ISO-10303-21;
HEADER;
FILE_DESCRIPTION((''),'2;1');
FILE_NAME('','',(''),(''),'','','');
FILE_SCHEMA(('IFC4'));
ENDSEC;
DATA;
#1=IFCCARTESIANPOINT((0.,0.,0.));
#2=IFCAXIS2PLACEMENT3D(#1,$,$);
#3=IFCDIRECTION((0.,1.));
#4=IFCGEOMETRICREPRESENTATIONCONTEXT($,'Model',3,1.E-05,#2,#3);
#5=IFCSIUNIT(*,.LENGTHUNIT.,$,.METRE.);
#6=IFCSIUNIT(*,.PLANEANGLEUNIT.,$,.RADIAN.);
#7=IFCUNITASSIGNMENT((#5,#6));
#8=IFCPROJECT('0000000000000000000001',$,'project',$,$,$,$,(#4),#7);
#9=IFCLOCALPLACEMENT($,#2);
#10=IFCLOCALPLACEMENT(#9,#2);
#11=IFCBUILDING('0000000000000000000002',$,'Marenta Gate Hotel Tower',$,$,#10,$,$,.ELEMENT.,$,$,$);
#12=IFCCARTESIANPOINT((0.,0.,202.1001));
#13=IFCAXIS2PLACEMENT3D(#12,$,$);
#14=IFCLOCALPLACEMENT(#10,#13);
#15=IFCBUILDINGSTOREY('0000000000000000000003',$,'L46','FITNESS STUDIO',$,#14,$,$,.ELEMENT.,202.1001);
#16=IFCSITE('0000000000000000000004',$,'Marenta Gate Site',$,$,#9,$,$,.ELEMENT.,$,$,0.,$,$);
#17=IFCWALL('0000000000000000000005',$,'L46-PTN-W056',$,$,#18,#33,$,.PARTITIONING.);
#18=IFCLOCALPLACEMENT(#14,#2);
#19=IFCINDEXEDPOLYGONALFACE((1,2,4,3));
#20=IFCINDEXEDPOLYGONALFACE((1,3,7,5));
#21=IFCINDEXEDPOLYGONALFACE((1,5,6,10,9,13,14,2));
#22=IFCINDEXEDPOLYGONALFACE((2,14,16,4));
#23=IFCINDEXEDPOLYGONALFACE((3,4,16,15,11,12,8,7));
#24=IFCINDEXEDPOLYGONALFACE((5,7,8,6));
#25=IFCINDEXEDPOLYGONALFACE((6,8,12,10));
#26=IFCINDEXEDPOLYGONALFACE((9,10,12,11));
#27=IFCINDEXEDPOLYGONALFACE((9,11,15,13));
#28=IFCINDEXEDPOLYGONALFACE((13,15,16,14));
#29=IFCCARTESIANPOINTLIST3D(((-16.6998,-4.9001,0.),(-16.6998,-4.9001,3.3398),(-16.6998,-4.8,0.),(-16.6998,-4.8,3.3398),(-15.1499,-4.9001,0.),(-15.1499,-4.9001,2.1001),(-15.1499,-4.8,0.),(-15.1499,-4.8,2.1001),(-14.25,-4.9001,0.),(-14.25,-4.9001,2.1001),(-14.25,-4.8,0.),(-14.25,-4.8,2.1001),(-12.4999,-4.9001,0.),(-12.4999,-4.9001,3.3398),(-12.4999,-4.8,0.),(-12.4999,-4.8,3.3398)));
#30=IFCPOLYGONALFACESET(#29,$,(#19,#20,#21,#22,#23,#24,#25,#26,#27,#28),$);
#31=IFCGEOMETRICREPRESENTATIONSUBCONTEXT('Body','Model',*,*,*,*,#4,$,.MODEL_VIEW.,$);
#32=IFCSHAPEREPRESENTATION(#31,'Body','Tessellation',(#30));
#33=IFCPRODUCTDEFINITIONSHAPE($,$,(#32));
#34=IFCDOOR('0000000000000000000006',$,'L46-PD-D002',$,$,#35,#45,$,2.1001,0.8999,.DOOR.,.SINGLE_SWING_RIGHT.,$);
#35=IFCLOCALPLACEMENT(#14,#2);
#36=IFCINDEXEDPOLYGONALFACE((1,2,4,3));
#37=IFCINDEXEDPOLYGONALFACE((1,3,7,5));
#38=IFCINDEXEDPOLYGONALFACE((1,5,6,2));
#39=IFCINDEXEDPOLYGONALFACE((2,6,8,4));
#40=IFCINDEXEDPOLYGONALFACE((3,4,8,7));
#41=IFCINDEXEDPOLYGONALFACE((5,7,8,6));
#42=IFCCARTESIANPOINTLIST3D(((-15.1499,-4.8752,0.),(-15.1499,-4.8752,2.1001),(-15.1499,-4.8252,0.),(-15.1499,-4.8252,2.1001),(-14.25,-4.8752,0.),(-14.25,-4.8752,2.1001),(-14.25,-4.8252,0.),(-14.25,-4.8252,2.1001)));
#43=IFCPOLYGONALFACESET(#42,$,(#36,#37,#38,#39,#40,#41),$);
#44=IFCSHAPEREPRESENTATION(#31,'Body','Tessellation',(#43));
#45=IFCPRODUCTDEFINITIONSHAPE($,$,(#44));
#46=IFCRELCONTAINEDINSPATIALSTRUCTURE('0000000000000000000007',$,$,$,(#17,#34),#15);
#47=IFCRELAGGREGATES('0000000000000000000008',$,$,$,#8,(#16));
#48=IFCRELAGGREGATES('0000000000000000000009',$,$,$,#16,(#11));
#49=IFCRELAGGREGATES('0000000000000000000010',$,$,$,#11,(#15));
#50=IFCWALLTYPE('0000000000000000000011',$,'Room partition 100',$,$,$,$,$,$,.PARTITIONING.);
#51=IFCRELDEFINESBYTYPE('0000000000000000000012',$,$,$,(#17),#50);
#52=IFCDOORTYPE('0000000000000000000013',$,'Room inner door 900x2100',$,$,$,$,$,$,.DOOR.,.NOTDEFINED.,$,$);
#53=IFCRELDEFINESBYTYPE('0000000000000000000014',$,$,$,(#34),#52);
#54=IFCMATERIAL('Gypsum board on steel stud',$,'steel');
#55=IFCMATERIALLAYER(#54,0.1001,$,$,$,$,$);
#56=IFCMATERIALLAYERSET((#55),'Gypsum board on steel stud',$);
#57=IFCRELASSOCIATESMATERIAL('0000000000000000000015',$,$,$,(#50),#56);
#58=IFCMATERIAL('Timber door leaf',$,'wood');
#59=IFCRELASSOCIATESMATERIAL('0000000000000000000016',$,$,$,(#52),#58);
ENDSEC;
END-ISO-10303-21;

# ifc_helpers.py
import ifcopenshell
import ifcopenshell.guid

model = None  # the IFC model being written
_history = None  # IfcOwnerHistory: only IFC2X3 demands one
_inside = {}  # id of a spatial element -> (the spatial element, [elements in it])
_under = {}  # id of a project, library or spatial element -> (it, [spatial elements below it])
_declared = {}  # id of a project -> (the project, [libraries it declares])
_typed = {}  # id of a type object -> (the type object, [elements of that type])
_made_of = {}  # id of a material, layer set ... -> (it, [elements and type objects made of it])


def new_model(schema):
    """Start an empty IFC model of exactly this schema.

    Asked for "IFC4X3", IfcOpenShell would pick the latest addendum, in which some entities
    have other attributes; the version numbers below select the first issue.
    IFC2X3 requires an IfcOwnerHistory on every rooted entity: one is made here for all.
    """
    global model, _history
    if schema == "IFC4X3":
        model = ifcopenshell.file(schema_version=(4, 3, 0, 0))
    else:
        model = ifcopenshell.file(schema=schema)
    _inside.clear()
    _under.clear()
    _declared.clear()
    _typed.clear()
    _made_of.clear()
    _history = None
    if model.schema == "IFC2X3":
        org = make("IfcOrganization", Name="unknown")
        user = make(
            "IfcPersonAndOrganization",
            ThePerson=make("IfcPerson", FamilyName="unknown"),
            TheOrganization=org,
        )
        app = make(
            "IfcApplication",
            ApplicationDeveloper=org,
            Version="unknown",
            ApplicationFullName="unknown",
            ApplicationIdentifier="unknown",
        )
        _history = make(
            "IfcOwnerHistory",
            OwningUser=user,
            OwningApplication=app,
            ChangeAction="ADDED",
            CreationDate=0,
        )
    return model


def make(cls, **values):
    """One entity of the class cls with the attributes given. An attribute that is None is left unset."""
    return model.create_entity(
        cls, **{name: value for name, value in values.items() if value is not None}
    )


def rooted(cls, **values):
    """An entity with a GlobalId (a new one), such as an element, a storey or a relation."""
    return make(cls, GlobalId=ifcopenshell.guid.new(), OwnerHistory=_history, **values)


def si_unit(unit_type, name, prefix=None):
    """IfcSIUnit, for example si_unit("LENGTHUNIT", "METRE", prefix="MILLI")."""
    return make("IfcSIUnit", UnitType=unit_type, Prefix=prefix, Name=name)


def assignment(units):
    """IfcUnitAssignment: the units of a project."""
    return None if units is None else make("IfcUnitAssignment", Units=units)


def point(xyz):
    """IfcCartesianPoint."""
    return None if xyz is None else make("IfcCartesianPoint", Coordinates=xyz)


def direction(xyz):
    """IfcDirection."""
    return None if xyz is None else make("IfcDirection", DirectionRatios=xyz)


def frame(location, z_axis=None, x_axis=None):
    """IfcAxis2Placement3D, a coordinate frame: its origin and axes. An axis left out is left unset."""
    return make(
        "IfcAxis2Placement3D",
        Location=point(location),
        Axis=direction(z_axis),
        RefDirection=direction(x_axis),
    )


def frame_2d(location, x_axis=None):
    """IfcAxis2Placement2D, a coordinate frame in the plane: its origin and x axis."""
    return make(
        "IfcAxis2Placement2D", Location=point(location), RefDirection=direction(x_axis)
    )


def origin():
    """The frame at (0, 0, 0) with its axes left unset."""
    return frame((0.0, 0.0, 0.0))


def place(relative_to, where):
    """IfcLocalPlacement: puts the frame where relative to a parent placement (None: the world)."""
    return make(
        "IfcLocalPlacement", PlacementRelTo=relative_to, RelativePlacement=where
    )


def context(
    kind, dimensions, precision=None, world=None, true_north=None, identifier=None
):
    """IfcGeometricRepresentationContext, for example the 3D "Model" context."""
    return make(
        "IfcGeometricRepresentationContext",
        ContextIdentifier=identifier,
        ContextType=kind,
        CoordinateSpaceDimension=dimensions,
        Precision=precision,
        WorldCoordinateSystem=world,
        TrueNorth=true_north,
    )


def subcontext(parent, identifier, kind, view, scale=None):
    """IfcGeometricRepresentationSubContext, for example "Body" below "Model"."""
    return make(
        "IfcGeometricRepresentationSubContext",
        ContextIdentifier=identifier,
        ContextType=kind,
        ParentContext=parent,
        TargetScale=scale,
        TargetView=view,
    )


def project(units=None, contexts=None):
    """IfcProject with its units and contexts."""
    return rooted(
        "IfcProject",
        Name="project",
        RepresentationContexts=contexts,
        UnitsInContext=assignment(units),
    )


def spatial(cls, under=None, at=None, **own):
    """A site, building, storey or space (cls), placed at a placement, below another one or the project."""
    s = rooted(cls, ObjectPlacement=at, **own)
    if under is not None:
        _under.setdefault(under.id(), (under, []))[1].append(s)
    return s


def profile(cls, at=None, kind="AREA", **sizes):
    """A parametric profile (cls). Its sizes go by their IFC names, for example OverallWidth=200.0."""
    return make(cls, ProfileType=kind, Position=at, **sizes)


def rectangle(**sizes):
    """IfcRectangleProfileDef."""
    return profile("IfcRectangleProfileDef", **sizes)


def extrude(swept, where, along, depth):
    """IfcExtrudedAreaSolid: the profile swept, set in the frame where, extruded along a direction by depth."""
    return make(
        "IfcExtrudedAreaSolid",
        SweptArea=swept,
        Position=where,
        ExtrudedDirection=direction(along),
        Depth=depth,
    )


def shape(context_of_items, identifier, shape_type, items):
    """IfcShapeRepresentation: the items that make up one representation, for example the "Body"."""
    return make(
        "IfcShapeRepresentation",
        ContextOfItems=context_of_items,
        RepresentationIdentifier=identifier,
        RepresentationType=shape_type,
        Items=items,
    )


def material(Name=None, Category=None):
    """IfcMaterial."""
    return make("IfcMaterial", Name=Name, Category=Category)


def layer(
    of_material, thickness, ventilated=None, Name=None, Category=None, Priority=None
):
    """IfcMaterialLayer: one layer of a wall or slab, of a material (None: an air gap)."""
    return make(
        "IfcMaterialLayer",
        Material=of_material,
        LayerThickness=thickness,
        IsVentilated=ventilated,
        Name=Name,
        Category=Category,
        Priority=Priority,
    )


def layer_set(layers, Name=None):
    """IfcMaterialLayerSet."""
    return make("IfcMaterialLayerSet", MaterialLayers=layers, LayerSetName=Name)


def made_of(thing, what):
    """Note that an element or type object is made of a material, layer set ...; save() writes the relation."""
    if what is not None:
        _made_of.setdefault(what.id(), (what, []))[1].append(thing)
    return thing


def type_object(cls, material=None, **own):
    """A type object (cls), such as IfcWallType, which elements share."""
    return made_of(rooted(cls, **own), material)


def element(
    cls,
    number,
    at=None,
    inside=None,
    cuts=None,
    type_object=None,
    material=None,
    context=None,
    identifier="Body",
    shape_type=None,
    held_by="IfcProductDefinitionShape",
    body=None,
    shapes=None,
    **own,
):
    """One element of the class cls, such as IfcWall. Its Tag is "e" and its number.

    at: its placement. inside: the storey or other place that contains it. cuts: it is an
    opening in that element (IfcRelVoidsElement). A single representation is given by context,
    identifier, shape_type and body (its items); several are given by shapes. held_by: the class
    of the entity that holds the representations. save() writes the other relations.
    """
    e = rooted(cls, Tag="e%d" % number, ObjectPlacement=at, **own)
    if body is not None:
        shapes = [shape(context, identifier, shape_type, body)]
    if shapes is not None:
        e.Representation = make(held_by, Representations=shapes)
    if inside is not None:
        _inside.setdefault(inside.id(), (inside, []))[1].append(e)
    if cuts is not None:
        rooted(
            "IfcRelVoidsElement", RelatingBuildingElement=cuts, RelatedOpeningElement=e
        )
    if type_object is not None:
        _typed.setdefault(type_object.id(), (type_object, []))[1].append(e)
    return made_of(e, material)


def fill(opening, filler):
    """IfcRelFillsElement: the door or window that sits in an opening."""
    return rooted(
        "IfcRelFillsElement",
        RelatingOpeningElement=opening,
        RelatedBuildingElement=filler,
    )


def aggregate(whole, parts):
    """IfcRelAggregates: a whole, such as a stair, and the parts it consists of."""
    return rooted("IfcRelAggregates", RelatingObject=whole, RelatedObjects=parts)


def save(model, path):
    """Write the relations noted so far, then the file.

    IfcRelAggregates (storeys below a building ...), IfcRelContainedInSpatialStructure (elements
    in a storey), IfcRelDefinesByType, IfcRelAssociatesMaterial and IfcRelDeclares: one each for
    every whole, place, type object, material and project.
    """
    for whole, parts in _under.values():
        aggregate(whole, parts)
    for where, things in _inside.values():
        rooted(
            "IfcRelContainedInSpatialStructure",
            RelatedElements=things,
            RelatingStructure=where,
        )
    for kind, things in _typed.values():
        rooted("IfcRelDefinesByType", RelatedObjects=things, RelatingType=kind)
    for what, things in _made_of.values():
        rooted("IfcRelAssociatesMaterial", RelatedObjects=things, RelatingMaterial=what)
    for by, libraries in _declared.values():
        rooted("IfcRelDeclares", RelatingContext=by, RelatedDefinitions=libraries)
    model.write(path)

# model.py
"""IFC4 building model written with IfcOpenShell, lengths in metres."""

from ifc_helpers import new_model, si_unit, direction, frame, frame_2d, origin, place, context, subcontext, project, spatial, rectangle, extrude, material, layer, layer_set, type_object, element, fill, save


model = new_model("IFC4")

# Units and contexts
model_context = context("Model", 3, precision=1e-05, world=origin(), true_north=direction((0.0, 1.0)))
body_context = subcontext(model_context, "Body", "Model", "MODEL_VIEW")
ifc_project = project(units=[si_unit("LENGTHUNIT", "METRE"), si_unit("PLANEANGLEUNIT", "RADIAN")], contexts=[model_context])

# Site, building, storey
site_placement = place(None, origin())
site = spatial("IfcSite", under=ifc_project, at=site_placement, Name="Marenta Gate Site", CompositionType="ELEMENT", RefElevation=0.0)
building_placement = place(site_placement, origin())
building = spatial("IfcBuilding", under=site, at=building_placement, Name="Marenta Gate Hotel Tower", CompositionType="ELEMENT")
storey_placement = place(building_placement, frame((0.0, 0.0, 202.1001)))
storey = spatial("IfcBuildingStorey", under=building, at=storey_placement, Name="L46", Description="FITNESS STUDIO", CompositionType="ELEMENT", Elevation=202.1001)

# Wall, opening, door
ifc_material_1 = material(Name="Gypsum board on steel stud", Category="steel")
ifc_layer_1 = layer(ifc_material_1, 0.1001)
ifc_layer_set_1 = layer_set([ifc_layer_1], Name="Gypsum board on steel stud")
wall_type_1 = type_object("IfcWallType", Name="Room partition 100", PredefinedType="PARTITIONING", material=ifc_layer_set_1)
ifc_material_2 = material(Name="Timber door leaf", Category="wood")
door_type_1 = type_object("IfcDoorType", Name="Room inner door 900x2100", OperationType="NOTDEFINED", PredefinedType="DOOR", material=ifc_material_2)
wall_1_placement = place(storey_placement, frame((-16.7, -4.8501, 0.0), z_axis=(0.0, 0.0, 1.0), x_axis=(1.0, 0.0, 0.0)))
wall_1 = element("IfcWall", 1, at=wall_1_placement, inside=storey, type_object=wall_type_1, Name="L46-PTN-W056", PredefinedType="PARTITIONING", context=body_context, shape_type="SweptSolid", body=[
    extrude(rectangle(XDim=4.2, YDim=0.1001, at=frame_2d((2.1001, 0.0))), origin(), (0.0, 0.0, 1.0), 3.3398),
])
opening_1_placement = place(wall_1_placement, frame((1.55, 0.0, 0.0)))
opening_1 = element("IfcOpeningElement", 2, at=opening_1_placement, cuts=wall_1, PredefinedType="OPENING", context=body_context, shape_type="SweptSolid", body=[
    extrude(rectangle(XDim=0.8999, YDim=2.1001, at=frame_2d((0.45, 1.05))), frame((0.0, 0.05, 0.0), z_axis=(0.0, -1.0, 0.0), x_axis=(1.0, 0.0, 0.0)), (0.0, 0.0, 1.0), 0.1001),
])
door_1_placement = place(opening_1_placement, origin())
door_1 = element("IfcDoor", 3, at=door_1_placement, inside=storey, type_object=door_type_1, Name="L46-PD-D002", OperationType="SINGLE_SWING_RIGHT", OverallHeight=2.1001, OverallWidth=0.8999, PredefinedType="DOOR", context=body_context, shape_type="SweptSolid", body=[
    extrude(rectangle(XDim=0.8999, YDim=2.1001, at=frame_2d((0.45, 1.05))), frame((0.0, 0.0249, 0.0), z_axis=(0.0, -1.0, 0.0), x_axis=(1.0, 0.0, 0.0)), (0.0, 0.0, 1.0), 0.05),
])
fill(opening_1, door_1)

save(model, "model.ifc")
